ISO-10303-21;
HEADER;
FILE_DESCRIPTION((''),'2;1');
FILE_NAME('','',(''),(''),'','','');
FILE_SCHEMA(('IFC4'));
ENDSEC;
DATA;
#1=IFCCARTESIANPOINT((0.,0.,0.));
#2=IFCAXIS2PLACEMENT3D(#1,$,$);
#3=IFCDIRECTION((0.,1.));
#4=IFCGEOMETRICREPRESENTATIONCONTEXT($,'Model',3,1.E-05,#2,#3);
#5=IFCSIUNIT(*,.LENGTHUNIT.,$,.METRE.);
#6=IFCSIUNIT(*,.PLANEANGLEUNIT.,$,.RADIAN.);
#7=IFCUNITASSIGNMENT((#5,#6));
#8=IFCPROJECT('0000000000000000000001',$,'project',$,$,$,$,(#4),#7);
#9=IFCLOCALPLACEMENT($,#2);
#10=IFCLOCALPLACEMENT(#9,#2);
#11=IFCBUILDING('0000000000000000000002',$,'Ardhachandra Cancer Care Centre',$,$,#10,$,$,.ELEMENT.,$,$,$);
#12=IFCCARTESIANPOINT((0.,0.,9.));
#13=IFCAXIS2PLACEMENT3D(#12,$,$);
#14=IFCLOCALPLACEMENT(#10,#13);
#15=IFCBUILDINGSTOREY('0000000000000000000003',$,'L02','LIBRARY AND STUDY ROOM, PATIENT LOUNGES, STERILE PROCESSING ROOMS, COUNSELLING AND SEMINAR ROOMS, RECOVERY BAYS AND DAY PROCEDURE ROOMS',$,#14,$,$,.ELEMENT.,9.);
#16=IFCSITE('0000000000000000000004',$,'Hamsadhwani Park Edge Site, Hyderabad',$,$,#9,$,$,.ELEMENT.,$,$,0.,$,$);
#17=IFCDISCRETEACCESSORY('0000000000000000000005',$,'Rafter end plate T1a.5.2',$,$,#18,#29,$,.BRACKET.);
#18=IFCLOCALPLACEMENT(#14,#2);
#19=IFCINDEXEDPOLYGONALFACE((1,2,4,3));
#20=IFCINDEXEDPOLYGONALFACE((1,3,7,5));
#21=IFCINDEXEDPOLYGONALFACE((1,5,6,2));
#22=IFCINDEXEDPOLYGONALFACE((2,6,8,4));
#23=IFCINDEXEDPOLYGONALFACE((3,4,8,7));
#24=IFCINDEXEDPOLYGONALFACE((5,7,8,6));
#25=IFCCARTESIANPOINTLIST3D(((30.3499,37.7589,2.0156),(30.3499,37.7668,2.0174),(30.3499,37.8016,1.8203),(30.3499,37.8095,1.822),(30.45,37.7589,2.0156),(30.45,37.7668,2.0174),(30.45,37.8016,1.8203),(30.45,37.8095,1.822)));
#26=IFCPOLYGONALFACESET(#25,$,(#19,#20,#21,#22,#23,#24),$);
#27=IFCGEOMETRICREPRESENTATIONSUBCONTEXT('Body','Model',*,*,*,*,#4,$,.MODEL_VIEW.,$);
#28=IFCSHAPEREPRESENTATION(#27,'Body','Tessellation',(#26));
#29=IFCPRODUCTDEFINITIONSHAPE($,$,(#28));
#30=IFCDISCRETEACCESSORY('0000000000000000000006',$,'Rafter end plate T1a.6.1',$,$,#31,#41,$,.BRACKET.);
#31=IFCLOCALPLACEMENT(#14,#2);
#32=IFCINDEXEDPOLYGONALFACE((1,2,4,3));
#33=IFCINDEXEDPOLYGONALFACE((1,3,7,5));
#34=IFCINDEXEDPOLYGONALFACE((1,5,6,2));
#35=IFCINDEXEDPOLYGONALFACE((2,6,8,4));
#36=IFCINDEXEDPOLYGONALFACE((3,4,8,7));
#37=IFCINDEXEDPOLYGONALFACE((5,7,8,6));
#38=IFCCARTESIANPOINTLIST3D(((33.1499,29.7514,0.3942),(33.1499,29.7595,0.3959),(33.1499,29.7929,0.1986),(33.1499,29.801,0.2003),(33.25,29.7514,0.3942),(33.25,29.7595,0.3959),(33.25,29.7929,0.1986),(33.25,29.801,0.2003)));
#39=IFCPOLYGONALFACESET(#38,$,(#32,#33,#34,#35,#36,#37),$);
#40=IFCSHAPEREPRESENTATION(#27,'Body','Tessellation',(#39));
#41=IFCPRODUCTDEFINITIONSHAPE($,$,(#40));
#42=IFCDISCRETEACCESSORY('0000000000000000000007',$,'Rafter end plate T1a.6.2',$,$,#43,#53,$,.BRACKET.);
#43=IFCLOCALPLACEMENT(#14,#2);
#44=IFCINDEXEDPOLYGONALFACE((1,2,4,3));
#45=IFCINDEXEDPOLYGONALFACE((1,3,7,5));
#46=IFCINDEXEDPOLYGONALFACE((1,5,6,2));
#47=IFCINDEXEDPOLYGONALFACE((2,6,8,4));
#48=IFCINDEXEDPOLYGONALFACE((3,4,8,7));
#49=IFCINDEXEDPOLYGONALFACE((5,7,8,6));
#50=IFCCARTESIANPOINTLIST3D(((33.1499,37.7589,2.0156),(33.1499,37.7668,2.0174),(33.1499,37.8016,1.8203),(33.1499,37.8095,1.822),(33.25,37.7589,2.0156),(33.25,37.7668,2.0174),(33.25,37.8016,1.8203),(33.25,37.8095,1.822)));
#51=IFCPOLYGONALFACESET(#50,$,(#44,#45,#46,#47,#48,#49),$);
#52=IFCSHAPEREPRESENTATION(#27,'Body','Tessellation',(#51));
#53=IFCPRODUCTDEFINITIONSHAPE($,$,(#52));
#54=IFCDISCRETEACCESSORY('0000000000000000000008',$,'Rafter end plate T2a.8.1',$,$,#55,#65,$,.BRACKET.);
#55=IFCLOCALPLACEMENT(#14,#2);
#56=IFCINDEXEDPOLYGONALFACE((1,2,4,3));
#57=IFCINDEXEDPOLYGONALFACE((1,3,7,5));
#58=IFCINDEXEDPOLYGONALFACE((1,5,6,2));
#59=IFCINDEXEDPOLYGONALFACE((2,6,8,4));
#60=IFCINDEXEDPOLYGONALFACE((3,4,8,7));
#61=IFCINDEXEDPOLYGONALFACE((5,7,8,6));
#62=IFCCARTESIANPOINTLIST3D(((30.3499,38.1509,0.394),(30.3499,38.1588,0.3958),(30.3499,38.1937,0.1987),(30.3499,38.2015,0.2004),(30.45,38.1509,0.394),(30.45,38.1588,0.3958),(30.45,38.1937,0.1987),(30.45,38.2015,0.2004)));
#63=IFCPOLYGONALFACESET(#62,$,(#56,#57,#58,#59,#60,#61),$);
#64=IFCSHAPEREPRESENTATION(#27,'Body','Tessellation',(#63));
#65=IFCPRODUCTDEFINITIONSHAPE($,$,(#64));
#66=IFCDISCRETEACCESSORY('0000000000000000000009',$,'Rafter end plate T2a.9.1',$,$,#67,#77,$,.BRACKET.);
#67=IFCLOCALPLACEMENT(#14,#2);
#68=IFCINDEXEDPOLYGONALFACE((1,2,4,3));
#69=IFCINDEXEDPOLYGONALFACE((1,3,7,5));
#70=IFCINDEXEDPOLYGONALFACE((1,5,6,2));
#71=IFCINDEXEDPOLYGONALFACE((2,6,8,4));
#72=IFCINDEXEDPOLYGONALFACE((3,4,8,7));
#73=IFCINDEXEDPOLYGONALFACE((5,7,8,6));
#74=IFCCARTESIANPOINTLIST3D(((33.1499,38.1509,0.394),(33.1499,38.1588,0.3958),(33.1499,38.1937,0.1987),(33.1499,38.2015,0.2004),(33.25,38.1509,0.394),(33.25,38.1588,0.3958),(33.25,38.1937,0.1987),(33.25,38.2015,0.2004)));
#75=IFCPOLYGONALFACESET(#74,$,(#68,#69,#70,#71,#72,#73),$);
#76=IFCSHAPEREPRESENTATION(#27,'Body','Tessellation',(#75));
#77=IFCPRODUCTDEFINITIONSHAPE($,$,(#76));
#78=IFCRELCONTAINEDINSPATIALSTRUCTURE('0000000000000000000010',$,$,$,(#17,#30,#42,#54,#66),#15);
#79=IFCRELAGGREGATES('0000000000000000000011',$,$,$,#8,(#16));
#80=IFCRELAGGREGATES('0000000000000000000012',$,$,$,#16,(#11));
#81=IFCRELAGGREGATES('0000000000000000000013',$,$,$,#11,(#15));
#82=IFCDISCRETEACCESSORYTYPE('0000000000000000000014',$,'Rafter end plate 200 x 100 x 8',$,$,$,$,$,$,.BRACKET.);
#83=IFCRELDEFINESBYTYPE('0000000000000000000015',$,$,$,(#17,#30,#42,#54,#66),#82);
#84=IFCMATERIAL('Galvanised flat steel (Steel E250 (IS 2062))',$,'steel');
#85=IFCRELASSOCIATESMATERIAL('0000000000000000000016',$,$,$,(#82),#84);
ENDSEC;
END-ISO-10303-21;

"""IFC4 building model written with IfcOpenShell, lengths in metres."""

from ifc_helpers import new_model, si_unit, direction, frame, origin, origin_2d, place, context, subcontext, project, spatial, rectangle, extrude, material, material_profile, profile_set, type_object, element, save


model = new_model("IFC4")

# Units and contexts
model_context = context("Model", 3, precision=1e-05, world=origin(), true_north=direction((0.0, 1.0)))
body_context = subcontext(model_context, "Body", "Model", "MODEL_VIEW")
ifc_project = project(units=[si_unit("LENGTHUNIT", "METRE"), si_unit("PLANEANGLEUNIT", "RADIAN")], contexts=[model_context])

# Site, building, storey
site_placement = place(None, origin())
site = spatial("IfcSite", under=ifc_project, at=site_placement, Name="Hamsadhwani Park Edge Site, Hyderabad", CompositionType="ELEMENT", RefElevation=0.0)
building_placement = place(site_placement, origin())
building = spatial("IfcBuilding", under=site, at=building_placement, Name="Ardhachandra Cancer Care Centre", CompositionType="ELEMENT")
storey_placement = place(building_placement, frame((0.0, 0.0, 9.0)))
storey = spatial("IfcBuildingStorey", under=building, at=storey_placement, Name="L02", Description="LIBRARY AND STUDY ROOM, PATIENT LOUNGES, STERILE PROCESSING ROOMS, COUNSELLING AND SEMINAR ROOMS, RECOVERY BAYS AND DAY PROCEDURE ROOMS", CompositionType="ELEMENT", Elevation=9.0)

# Discrete accessories
ifc_material_1 = material(Name="Galvanised flat steel (Steel E250 (IS 2062))", Category="steel")
ifc_material_profile_1 = material_profile(ifc_material_1, rectangle(XDim=0.1001, YDim=0.2, at=origin_2d()), Name="Rafter end plate 200 x 100 x 8")
ifc_profile_set_1 = profile_set([ifc_material_profile_1], Name="Galvanised flat steel (Steel E250 (IS 2062))")
discrete_accessory_type = type_object("IfcDiscreteAccessoryType", Name="Rafter end plate 200 x 100 x 8", PredefinedType="BRACKET", material=ifc_profile_set_1)
discrete_accessory_1_placement = place(storey_placement, frame((30.3999, 37.7803, 1.918), z_axis=(0.0, 0.9769, 0.213697), x_axis=(-1.0, 0.0, 0.0)))
element("IfcDiscreteAccessory", 1, at=discrete_accessory_1_placement, inside=storey, type_object=discrete_accessory_type, Name="Rafter end plate T1a.5.2", PredefinedType="BRACKET", context=body_context, shape_type="SweptSolid", body=[
    extrude(rectangle(XDim=0.1001, YDim=0.2, at=origin_2d()), origin(), (0.0, 0.0, 1.0), 0.0081),
])
discrete_accessory_2_placement = place(storey_placement, frame((33.2, 29.7803, 0.2981), z_axis=(0.0, -0.978234, -0.207504), x_axis=(1.0, 0.0, 0.0)))
element("IfcDiscreteAccessory", 2, at=discrete_accessory_2_placement, inside=storey, type_object=discrete_accessory_type, Name="Rafter end plate T1a.6.1", PredefinedType="BRACKET", context=body_context, shape_type="SweptSolid", body=[
    extrude(rectangle(XDim=0.1001, YDim=0.2, at=origin_2d()), origin(), (0.0, 0.0, 1.0), 0.0083),
])
for number, where, z_axis, x_axis, name in (
    (3, (33.2, 37.7803, 1.918), (0.0, 0.9769, 0.213697), (-1.0, 0.0, 0.0), "Rafter end plate T1a.6.2"),
    (4, (30.3999, 38.1802, 0.2981), (0.0, -0.9769, -0.213697), (1.0, 0.0, 0.0), "Rafter end plate T2a.8.1"),
    (5, (33.2, 38.1802, 0.2981), (0.0, -0.9769, -0.213697), (1.0, 0.0, 0.0), "Rafter end plate T2a.9.1"),
):
    element("IfcDiscreteAccessory", number, at=place(storey_placement, frame(where, z_axis=z_axis, x_axis=x_axis)), inside=storey, type_object=discrete_accessory_type, Name=name, PredefinedType="BRACKET", context=body_context, shape_type="SweptSolid", body=[
        extrude(rectangle(XDim=0.1001, YDim=0.2, at=origin_2d()), origin(), (0.0, 0.0, 1.0), 0.0081),
    ])

save(model, "model.ifc")
